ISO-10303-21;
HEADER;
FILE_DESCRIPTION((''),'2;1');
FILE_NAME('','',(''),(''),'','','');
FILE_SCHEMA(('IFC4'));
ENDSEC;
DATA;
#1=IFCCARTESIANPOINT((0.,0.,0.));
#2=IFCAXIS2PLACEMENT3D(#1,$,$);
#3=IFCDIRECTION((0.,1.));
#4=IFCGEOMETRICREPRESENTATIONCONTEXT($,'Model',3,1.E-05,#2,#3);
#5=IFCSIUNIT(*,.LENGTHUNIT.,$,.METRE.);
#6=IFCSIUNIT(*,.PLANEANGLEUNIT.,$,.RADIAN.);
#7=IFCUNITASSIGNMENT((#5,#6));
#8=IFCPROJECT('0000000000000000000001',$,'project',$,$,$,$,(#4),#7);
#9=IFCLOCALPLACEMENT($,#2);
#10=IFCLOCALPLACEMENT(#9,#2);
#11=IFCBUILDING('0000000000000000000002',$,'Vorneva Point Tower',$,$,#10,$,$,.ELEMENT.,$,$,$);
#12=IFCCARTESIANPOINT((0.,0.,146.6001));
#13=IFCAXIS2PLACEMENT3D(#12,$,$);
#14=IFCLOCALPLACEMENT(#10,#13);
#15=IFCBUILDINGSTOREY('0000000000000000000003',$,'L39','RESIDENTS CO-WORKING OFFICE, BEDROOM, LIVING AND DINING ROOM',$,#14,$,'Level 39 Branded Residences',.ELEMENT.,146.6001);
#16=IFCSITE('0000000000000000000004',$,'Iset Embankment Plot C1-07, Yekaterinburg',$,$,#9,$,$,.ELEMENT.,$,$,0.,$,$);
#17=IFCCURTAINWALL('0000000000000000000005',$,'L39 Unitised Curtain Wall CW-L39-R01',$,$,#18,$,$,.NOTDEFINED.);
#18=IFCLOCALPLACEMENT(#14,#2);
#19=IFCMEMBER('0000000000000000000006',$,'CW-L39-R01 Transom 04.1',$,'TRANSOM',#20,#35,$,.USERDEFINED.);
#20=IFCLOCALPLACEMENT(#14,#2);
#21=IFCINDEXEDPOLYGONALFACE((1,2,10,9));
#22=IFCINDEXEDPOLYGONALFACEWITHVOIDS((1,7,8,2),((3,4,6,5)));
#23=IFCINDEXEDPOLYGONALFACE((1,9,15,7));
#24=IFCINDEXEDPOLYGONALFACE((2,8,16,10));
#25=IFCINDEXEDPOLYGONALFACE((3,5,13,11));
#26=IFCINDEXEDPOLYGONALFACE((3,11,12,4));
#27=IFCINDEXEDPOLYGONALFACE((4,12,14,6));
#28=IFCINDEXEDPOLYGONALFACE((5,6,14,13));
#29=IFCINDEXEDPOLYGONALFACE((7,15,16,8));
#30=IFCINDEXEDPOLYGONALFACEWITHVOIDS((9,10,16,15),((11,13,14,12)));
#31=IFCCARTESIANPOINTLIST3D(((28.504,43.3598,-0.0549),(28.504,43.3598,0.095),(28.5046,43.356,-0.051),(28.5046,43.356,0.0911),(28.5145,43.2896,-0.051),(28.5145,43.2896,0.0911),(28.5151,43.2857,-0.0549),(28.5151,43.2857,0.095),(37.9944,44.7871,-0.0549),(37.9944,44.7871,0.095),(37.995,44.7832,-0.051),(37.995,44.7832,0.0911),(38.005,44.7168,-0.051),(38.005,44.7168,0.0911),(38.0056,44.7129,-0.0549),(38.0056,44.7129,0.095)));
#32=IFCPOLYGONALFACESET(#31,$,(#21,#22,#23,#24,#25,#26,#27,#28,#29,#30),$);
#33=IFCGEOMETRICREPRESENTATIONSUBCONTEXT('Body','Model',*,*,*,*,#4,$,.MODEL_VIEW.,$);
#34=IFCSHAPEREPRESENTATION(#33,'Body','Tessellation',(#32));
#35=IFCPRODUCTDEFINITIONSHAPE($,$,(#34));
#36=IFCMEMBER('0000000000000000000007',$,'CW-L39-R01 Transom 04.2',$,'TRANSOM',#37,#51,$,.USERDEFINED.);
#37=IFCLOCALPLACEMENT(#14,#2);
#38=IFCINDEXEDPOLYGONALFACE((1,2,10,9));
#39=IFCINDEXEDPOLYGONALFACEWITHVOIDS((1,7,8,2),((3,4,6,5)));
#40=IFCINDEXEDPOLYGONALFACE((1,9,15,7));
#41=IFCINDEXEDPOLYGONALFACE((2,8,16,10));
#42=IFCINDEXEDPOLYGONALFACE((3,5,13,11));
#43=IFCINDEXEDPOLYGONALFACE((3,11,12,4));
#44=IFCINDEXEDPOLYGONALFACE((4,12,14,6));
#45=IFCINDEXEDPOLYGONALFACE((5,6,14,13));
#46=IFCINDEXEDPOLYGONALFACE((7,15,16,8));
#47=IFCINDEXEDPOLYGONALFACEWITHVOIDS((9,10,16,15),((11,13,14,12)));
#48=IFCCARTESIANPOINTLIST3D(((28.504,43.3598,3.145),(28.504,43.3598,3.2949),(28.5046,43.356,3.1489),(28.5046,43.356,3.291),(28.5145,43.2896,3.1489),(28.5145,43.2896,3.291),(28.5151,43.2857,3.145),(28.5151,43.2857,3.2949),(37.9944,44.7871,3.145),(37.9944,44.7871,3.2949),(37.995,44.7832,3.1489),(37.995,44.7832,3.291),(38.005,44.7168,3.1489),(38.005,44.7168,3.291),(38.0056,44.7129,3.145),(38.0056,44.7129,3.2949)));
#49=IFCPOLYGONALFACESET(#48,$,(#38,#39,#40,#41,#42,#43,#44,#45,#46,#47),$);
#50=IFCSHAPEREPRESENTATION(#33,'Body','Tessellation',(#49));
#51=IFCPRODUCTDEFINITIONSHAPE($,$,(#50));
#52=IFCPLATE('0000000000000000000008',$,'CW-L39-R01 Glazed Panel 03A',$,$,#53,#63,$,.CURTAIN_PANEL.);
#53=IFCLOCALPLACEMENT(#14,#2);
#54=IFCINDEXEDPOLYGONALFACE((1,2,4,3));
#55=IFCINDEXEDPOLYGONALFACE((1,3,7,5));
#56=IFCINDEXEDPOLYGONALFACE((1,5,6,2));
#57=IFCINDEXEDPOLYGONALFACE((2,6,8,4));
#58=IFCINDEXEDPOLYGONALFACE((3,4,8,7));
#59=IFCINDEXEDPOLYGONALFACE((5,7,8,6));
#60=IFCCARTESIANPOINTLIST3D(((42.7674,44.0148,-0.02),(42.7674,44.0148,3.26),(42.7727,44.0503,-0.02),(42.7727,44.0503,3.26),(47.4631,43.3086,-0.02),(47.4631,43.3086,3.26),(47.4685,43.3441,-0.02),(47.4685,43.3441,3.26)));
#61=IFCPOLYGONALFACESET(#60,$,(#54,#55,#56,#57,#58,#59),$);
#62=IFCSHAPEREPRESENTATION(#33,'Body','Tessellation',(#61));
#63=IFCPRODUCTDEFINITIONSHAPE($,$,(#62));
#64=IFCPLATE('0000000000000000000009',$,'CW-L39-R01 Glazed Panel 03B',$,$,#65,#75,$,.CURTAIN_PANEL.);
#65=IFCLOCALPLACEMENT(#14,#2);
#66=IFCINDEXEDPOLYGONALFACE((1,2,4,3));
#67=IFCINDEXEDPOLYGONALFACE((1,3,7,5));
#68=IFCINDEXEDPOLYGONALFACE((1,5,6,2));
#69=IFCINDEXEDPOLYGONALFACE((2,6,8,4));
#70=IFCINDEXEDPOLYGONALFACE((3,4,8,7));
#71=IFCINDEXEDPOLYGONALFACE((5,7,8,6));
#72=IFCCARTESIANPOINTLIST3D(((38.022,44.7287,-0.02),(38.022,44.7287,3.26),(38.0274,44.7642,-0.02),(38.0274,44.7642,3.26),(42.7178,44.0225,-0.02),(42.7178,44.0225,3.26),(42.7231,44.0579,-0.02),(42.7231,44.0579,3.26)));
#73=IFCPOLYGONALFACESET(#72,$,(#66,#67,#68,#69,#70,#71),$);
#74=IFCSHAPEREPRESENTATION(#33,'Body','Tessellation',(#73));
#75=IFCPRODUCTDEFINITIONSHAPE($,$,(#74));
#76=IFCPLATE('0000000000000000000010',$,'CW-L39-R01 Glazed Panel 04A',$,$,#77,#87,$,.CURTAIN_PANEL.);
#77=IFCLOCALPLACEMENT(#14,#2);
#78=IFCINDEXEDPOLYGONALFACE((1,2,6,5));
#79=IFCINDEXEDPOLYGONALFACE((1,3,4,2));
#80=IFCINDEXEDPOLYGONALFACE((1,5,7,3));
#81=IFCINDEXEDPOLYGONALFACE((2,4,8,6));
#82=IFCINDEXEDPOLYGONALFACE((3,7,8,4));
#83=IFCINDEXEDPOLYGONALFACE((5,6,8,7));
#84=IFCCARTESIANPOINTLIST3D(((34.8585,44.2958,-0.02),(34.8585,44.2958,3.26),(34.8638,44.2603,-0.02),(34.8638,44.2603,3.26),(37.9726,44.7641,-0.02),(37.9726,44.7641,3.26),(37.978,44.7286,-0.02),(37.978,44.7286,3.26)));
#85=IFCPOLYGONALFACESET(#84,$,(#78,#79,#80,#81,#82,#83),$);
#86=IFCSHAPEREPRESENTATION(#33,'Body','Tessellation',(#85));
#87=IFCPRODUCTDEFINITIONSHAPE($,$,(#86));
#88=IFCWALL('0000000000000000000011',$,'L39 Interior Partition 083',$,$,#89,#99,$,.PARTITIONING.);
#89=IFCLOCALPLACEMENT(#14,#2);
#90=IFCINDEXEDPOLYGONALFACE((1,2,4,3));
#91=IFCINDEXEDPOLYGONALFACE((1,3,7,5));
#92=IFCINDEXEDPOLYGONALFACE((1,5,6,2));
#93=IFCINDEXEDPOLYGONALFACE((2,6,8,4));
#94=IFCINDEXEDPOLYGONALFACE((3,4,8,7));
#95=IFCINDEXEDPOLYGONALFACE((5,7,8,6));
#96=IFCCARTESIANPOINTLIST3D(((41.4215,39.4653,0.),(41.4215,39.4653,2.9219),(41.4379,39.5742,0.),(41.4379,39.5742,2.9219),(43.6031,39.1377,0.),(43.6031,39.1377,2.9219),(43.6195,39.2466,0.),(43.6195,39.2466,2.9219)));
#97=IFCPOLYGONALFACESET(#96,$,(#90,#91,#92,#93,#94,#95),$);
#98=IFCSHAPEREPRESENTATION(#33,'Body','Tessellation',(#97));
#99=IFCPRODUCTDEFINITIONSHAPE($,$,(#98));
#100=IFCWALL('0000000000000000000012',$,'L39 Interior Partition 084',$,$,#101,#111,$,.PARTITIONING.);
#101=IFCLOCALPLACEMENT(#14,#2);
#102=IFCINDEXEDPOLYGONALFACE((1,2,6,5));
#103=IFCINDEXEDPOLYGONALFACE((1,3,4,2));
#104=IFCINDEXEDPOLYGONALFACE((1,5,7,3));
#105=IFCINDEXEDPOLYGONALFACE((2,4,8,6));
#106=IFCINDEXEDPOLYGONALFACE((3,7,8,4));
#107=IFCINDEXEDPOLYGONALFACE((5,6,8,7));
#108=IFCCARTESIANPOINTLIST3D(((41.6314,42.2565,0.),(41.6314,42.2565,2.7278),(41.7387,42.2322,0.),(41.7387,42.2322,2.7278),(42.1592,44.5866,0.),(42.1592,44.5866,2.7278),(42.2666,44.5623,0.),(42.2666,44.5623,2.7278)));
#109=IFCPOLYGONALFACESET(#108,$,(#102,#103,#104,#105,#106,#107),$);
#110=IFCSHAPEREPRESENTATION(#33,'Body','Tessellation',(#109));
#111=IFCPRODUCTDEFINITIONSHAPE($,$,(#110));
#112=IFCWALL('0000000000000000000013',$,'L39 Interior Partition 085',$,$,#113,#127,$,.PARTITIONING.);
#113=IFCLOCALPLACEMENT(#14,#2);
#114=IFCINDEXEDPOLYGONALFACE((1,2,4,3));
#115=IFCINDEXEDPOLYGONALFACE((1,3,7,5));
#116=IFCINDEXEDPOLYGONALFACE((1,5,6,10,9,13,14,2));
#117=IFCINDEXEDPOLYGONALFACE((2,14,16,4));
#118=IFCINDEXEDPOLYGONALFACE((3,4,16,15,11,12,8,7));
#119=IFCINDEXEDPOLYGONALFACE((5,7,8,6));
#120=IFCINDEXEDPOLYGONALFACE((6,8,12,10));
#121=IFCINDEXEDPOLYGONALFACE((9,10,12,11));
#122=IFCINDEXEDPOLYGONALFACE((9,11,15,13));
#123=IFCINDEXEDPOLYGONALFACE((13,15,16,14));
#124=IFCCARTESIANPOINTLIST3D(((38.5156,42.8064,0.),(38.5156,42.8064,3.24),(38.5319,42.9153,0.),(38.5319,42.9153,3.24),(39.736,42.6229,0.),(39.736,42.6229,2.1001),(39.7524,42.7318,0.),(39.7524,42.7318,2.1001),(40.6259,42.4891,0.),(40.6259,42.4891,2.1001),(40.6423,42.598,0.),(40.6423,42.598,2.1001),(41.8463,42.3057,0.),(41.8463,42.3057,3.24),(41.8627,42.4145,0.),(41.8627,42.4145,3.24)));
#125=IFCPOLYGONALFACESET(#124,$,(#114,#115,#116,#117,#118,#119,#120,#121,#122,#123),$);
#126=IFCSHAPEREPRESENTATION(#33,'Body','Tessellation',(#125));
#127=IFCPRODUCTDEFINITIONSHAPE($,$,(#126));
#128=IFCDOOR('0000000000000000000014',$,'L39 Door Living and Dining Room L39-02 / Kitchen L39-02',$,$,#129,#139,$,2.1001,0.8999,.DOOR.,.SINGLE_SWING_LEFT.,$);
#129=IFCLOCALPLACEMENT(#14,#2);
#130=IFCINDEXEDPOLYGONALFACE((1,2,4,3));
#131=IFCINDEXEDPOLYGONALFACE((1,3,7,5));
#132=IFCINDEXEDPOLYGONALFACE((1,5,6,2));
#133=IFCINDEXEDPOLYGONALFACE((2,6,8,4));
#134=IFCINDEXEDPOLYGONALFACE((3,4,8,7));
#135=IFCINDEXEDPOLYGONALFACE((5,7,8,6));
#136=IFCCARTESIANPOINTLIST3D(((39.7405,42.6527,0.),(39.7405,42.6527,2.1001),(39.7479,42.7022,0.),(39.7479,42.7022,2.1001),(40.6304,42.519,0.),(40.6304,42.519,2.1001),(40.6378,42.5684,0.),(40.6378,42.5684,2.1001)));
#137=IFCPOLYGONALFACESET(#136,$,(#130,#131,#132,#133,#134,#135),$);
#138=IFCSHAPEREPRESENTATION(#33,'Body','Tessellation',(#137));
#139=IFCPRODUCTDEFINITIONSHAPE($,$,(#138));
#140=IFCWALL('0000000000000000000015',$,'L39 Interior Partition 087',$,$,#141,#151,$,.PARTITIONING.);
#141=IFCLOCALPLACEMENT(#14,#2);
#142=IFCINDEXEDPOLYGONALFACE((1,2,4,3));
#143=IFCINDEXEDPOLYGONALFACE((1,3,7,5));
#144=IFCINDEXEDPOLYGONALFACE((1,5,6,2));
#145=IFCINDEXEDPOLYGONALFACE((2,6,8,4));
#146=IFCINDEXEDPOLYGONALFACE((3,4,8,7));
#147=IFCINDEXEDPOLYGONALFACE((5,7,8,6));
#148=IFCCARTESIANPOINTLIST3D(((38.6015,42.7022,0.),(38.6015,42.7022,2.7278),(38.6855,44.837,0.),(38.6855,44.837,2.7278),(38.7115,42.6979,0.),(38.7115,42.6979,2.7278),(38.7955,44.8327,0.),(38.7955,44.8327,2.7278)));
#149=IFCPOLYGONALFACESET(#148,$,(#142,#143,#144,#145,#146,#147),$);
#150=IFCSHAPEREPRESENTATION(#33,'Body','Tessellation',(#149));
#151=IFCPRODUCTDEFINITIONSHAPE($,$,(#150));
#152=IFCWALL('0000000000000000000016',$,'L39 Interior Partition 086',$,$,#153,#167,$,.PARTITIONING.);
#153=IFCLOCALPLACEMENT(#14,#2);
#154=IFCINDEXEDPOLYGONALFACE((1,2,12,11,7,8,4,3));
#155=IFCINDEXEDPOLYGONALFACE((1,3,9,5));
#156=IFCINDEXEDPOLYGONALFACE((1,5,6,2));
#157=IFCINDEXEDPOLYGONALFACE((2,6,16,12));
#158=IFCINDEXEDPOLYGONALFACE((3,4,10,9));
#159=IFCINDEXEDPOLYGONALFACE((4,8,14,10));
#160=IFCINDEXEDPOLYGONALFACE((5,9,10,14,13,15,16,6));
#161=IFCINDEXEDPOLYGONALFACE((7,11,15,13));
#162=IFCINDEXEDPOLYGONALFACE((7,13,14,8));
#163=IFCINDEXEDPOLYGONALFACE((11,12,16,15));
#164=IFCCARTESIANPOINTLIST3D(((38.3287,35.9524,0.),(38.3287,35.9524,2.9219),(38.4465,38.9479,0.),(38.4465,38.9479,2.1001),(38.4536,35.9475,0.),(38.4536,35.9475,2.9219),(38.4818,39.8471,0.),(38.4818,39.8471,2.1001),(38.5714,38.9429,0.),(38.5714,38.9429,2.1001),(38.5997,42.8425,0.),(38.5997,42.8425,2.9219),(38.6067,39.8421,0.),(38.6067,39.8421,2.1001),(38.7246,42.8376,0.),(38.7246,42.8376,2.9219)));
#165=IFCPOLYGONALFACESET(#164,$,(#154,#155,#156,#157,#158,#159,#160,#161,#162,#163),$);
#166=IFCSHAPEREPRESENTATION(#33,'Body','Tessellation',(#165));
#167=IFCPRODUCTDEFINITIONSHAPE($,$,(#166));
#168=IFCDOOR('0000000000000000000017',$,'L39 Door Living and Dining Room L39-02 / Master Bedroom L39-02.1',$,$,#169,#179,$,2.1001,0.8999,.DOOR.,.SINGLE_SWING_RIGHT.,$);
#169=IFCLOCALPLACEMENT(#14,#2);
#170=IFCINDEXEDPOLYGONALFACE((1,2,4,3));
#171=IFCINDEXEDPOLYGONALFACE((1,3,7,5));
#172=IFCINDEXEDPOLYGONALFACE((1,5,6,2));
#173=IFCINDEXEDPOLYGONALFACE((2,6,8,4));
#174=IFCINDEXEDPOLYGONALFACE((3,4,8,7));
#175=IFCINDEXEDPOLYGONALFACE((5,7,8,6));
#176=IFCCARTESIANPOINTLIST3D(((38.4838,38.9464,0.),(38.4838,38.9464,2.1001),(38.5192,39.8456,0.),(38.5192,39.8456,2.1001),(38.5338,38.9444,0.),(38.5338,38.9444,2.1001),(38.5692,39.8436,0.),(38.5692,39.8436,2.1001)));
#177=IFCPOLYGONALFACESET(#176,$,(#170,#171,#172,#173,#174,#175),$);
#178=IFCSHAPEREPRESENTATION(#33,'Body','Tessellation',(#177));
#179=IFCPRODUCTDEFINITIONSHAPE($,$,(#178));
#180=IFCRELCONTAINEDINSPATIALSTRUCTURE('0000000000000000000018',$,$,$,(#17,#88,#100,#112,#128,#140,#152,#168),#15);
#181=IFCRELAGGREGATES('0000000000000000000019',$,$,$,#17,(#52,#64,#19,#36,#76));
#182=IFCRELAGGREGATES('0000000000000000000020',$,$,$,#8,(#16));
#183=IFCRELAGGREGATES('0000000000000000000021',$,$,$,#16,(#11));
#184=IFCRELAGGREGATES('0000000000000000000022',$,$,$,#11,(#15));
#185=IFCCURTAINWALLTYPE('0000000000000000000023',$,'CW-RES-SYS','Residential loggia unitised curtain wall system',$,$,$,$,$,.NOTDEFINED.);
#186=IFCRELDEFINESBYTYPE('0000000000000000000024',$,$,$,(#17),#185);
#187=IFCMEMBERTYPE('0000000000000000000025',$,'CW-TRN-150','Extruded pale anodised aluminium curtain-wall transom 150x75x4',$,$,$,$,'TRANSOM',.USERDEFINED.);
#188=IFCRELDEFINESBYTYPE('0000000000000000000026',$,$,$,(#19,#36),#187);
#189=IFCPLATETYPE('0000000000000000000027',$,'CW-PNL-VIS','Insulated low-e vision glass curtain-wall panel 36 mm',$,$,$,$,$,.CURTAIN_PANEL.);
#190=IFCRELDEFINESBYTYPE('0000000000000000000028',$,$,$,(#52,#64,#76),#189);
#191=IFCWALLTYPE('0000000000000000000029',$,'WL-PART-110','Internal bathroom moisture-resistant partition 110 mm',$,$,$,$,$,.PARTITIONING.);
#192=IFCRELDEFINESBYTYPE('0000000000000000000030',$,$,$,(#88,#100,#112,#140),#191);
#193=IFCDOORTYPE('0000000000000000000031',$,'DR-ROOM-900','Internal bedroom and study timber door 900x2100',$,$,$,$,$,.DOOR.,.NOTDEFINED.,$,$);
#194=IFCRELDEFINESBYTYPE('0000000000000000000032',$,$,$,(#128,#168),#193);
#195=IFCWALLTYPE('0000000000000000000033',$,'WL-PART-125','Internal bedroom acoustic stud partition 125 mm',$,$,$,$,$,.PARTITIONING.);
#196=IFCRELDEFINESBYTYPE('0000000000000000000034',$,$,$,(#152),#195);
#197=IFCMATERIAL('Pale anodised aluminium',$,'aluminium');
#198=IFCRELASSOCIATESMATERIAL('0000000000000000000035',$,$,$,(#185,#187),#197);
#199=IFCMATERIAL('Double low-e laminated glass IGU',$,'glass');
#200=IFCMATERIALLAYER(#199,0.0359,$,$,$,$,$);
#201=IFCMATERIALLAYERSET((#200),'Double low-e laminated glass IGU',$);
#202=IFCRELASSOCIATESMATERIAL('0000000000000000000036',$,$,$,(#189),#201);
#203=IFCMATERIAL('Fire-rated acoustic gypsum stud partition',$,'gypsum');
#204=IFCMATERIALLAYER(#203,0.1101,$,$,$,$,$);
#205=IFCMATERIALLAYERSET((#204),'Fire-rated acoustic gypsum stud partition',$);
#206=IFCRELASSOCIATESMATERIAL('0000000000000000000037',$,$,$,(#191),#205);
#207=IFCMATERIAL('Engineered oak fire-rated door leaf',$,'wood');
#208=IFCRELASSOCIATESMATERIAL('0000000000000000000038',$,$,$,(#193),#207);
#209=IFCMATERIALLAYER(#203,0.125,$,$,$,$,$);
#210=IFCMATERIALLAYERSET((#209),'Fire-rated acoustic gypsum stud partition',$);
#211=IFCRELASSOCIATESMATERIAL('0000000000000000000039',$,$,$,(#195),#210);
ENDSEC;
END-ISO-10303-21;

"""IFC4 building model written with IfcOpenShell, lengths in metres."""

from ifc_helpers import new_model, si_unit, direction, frame, frame_2d, origin, origin_2d, place, context, subcontext, project, spatial, rectangle, hollow_rectangle, extrude, material, layer, layer_set, material_profile, profile_set, type_object, element, fill, aggregate, save


model = new_model("IFC4")

# Units and contexts
model_context = context("Model", 3, precision=1e-05, world=origin(), true_north=direction((0.0, 1.0)))
body_context = subcontext(model_context, "Body", "Model", "MODEL_VIEW")
ifc_project = project(units=[si_unit("LENGTHUNIT", "METRE"), si_unit("PLANEANGLEUNIT", "RADIAN")], contexts=[model_context])

# Site, building, storey
site_placement = place(None, origin())
site = spatial("IfcSite", under=ifc_project, at=site_placement, Name="Iset Embankment Plot C1-07, Yekaterinburg", CompositionType="ELEMENT", RefElevation=0.0)
building_placement = place(site_placement, origin())
building = spatial("IfcBuilding", under=site, at=building_placement, Name="Vorneva Point Tower", CompositionType="ELEMENT")
storey_placement = place(building_placement, frame((0.0, 0.0, 146.6001)))
storey = spatial("IfcBuildingStorey", under=building, at=storey_placement, Name="L39", Description="RESIDENTS CO-WORKING OFFICE, BEDROOM, LIVING AND DINING ROOM", LongName="Level 39 Branded Residences", CompositionType="ELEMENT", Elevation=146.6001)

# Curtain wall, members, plates
ifc_material_1 = material(Name="Pale anodised aluminium", Category="aluminium")
curtain_wall_type = type_object("IfcCurtainWallType", Name="CW-RES-SYS", Description="Residential loggia unitised curtain wall system", PredefinedType="NOTDEFINED", material=ifc_material_1)
curtain_wall_placement = place(storey_placement, origin())
curtain_wall = element("IfcCurtainWall", 1, at=curtain_wall_placement, inside=storey, type_object=curtain_wall_type, Name="L39 Unitised Curtain Wall CW-L39-R01", PredefinedType="NOTDEFINED")
ifc_material_profile_1 = material_profile(ifc_material_1, hollow_rectangle(XDim=0.075, YDim=0.1499, WallThickness=0.0039, at=origin_2d()), Name="AL-TRN 150x75x4")
ifc_profile_set_1 = profile_set([ifc_material_profile_1], Name="Pale anodised aluminium")
member_type_1 = type_object("IfcMemberType", Name="CW-TRN-150", Description="Extruded pale anodised aluminium curtain-wall transom 150x75x4", ElementType="TRANSOM", PredefinedType="USERDEFINED", material=ifc_profile_set_1)
member_1_placement = place(storey_placement, frame((38.0, 44.75, 0.02), z_axis=(-0.98888, -0.148715, 0.0), x_axis=(0.148715, -0.98888, 0.0)))
member_1 = element("IfcMember", 2, at=member_1_placement, type_object=member_type_1, Name="CW-L39-R01 Transom 04.1", ObjectType="TRANSOM", PredefinedType="USERDEFINED", context=body_context, shape_type="SweptSolid", body=[
    extrude(hollow_rectangle(XDim=0.075, YDim=0.1499, WallThickness=0.0039, at=origin_2d()), origin(), (0.0, 0.0, 1.0), 9.5972),
])
member_2_placement = place(storey_placement, frame((38.0, 44.75, 3.22), z_axis=(-0.98888, -0.148715, 0.0), x_axis=(0.148715, -0.98888, 0.0)))
member_2 = element("IfcMember", 3, at=member_2_placement, type_object=member_type_1, Name="CW-L39-R01 Transom 04.2", ObjectType="TRANSOM", PredefinedType="USERDEFINED", context=body_context, shape_type="SweptSolid", body=[
    extrude(hollow_rectangle(XDim=0.075, YDim=0.1499, WallThickness=0.0039, at=origin_2d()), origin(), (0.0, 0.0, 1.0), 9.5972),
])
ifc_material_2 = material(Name="Double low-e laminated glass IGU", Category="glass")
ifc_layer_1 = layer(ifc_material_2, 0.0359)
ifc_layer_set_1 = layer_set([ifc_layer_1], Name="Double low-e laminated glass IGU")
plate_type = type_object("IfcPlateType", Name="CW-PNL-VIS", Description="Insulated low-e vision glass curtain-wall panel 36 mm", PredefinedType="CURTAIN_PANEL", material=ifc_layer_set_1)
plate_1_placement = place(storey_placement, frame((45.1179, 43.6794, -0.02), z_axis=(0.0, 0.0, 1.0), x_axis=(-0.988879, 0.148724, 0.0)))
plate_1 = element("IfcPlate", 4, at=plate_1_placement, type_object=plate_type, Name="CW-L39-R01 Glazed Panel 03A", PredefinedType="CURTAIN_PANEL", context=body_context, shape_type="SweptSolid", body=[
    extrude(rectangle(XDim=4.7485, YDim=0.0359, at=origin_2d()), origin(), (0.0, 0.0, 1.0), 3.28),
])
plate_2_placement = place(storey_placement, frame((40.3726, 44.3933, -0.02), z_axis=(0.0, 0.0, 1.0), x_axis=(-0.988879, 0.148724, 0.0)))
plate_2 = element("IfcPlate", 5, at=plate_2_placement, type_object=plate_type, Name="CW-L39-R01 Glazed Panel 03B", PredefinedType="CURTAIN_PANEL", context=body_context, shape_type="SweptSolid", body=[
    extrude(rectangle(XDim=4.7485, YDim=0.0359, at=origin_2d()), origin(), (0.0, 0.0, 1.0), 3.28),
])
plate_3_placement = place(storey_placement, frame((36.4182, 44.5122, -0.02), z_axis=(0.0, 0.0, 1.0), x_axis=(-0.988879, -0.148724, 0.0)))
plate_3 = element("IfcPlate", 6, at=plate_3_placement, type_object=plate_type, Name="CW-L39-R01 Glazed Panel 04A", PredefinedType="CURTAIN_PANEL", context=body_context, shape_type="SweptSolid", body=[
    extrude(rectangle(XDim=3.1492, YDim=0.0359, at=origin_2d()), origin(), (0.0, 0.0, 1.0), 3.28),
])
aggregate(curtain_wall, [plate_1, plate_2, member_1, member_2, plate_3])

# Walls
ifc_material_3 = material(Name="Fire-rated acoustic gypsum stud partition", Category="gypsum")
ifc_layer_2 = layer(ifc_material_3, 0.1101)
ifc_layer_set_2 = layer_set([ifc_layer_2], Name="Fire-rated acoustic gypsum stud partition")
wall_type_1 = type_object("IfcWallType", Name="WL-PART-110", Description="Internal bathroom moisture-resistant partition 110 mm", PredefinedType="PARTITIONING", material=ifc_layer_set_2)
wall_1_placement = place(storey_placement, frame((41.4297, 39.5198, 0.0), z_axis=(0.0, 0.0, 1.0), x_axis=(0.98891, -0.148514, 0.0)))
element("IfcWall", 7, at=wall_1_placement, inside=storey, type_object=wall_type_1, Name="L39 Interior Partition 083", PredefinedType="PARTITIONING", context=body_context, shape_type="SweptSolid", body=[
    extrude(rectangle(XDim=2.2061, YDim=0.1101, at=frame_2d((1.103, 0.0))), origin(), (0.0, 0.0, 1.0), 2.9219),
])
wall_2_placement = place(storey_placement, frame((42.2129, 44.5745, 0.0), z_axis=(0.0, 0.0, 1.0), x_axis=(-0.220932, -0.975289, 0.0)))
element("IfcWall", 8, at=wall_2_placement, inside=storey, type_object=wall_type_1, Name="L39 Interior Partition 084", PredefinedType="PARTITIONING", context=body_context, shape_type="SweptSolid", body=[
    extrude(rectangle(XDim=2.3892, YDim=0.1101, at=frame_2d((1.1946, 0.0))), origin(), (0.0, 0.0, 1.0), 2.7278),
])

# Wall, opening, door
wall_3_placement = place(storey_placement, frame((41.8545, 42.3601, 0.0), z_axis=(0.0, 0.0, 1.0), x_axis=(-0.988888, 0.148663, 0.0)))
wall_3 = element("IfcWall", 9, at=wall_3_placement, inside=storey, type_object=wall_type_1, Name="L39 Interior Partition 085", PredefinedType="PARTITIONING", context=body_context, shape_type="SweptSolid", body=[
    extrude(rectangle(XDim=3.3682, YDim=0.1101, at=frame_2d((1.6841, 0.0))), origin(), (0.0, 0.0, 1.0), 3.24),
])
opening_1_placement = place(wall_3_placement, frame((1.2341, 0.0, 0.0)))
opening_1 = element("IfcOpeningElement", 10, at=opening_1_placement, cuts=wall_3, PredefinedType="OPENING", context=body_context, shape_type="SweptSolid", body=[
    extrude(rectangle(XDim=0.8999, YDim=2.1001, at=frame_2d((0.45, 1.05))), frame((0.0, 0.0698, 0.0), z_axis=(0.0, -1.0, 0.0), x_axis=(1.0, 0.0, 0.0)), (0.0, 0.0, 1.0), 0.1399),
])
ifc_material_4 = material(Name="Engineered oak fire-rated door leaf", Category="wood")
door_type_1 = type_object("IfcDoorType", Name="DR-ROOM-900", Description="Internal bedroom and study timber door 900x2100", OperationType="NOTDEFINED", PredefinedType="DOOR", material=ifc_material_4)
door_1_placement = place(opening_1_placement, origin())
door_1 = element("IfcDoor", 11, at=door_1_placement, inside=storey, type_object=door_type_1, Name="L39 Door Living and Dining Room L39-02 / Kitchen L39-02", OperationType="SINGLE_SWING_LEFT", OverallHeight=2.1001, OverallWidth=0.8999, PredefinedType="DOOR", context=body_context, shape_type="SweptSolid", body=[
    extrude(rectangle(XDim=0.8999, YDim=2.1001, at=frame_2d((0.45, 1.05))), frame((0.0, 0.0249, 0.0), z_axis=(0.0, -1.0, 0.0), x_axis=(1.0, 0.0, 0.0)), (0.0, 0.0, 1.0), 0.05),
])
fill(opening_1, door_1)

# Wall
wall_4_placement = place(storey_placement, frame((38.7405, 44.835, 0.0), z_axis=(0.0, 0.0, 1.0), x_axis=(-0.039311, -0.999227, 0.0)))
element("IfcWall", 12, at=wall_4_placement, inside=storey, type_object=wall_type_1, Name="L39 Interior Partition 087", PredefinedType="PARTITIONING", context=body_context, shape_type="SweptSolid", body=[
    extrude(rectangle(XDim=2.1365, YDim=0.1101, at=frame_2d((1.0684, 0.0))), origin(), (0.0, 0.0, 1.0), 2.7278),
])

# Wall, opening, door
ifc_layer_3 = layer(ifc_material_3, 0.125)
ifc_layer_set_3 = layer_set([ifc_layer_3], Name="Fire-rated acoustic gypsum stud partition")
wall_type_2 = type_object("IfcWallType", Name="WL-PART-125", Description="Internal bedroom acoustic stud partition 125 mm", PredefinedType="PARTITIONING", material=ifc_layer_set_3)
wall_5_placement = place(storey_placement, frame((38.6621, 42.8401, 0.0), z_axis=(0.0, 0.0, 1.0), x_axis=(-0.039301, -0.999227, 0.0)))
wall_5 = element("IfcWall", 13, at=wall_5_placement, inside=storey, type_object=wall_type_2, Name="L39 Interior Partition 086", PredefinedType="PARTITIONING", context=body_context, shape_type="SweptSolid", body=[
    extrude(rectangle(XDim=6.8955, YDim=0.125, at=frame_2d((3.4478, 0.0))), origin(), (0.0, 0.0, 1.0), 2.9219),
])
opening_2_placement = place(wall_5_placement, frame((2.9978, 0.0, 0.0)))
opening_2 = element("IfcOpeningElement", 14, at=opening_2_placement, cuts=wall_5, PredefinedType="OPENING", context=body_context, shape_type="SweptSolid", body=[
    extrude(rectangle(XDim=0.8999, YDim=2.1001, at=frame_2d((0.45, 1.05))), frame((0.0, 0.0774, 0.0), z_axis=(0.0, -1.0, 0.0), x_axis=(1.0, 0.0, 0.0)), (0.0, 0.0, 1.0), 0.1548),
])
door_2_placement = place(opening_2_placement, origin())
door_2 = element("IfcDoor", 15, at=door_2_placement, inside=storey, type_object=door_type_1, Name="L39 Door Living and Dining Room L39-02 / Master Bedroom L39-02.1", OperationType="SINGLE_SWING_RIGHT", OverallHeight=2.1001, OverallWidth=0.8999, PredefinedType="DOOR", context=body_context, shape_type="SweptSolid", body=[
    extrude(rectangle(XDim=0.8999, YDim=2.1001, at=frame_2d((0.45, 1.05))), frame((0.0, 0.0249, 0.0), z_axis=(0.0, -1.0, 0.0), x_axis=(1.0, 0.0, 0.0)), (0.0, 0.0, 1.0), 0.05),
])
fill(opening_2, door_2)

save(model, "model.ifc")
